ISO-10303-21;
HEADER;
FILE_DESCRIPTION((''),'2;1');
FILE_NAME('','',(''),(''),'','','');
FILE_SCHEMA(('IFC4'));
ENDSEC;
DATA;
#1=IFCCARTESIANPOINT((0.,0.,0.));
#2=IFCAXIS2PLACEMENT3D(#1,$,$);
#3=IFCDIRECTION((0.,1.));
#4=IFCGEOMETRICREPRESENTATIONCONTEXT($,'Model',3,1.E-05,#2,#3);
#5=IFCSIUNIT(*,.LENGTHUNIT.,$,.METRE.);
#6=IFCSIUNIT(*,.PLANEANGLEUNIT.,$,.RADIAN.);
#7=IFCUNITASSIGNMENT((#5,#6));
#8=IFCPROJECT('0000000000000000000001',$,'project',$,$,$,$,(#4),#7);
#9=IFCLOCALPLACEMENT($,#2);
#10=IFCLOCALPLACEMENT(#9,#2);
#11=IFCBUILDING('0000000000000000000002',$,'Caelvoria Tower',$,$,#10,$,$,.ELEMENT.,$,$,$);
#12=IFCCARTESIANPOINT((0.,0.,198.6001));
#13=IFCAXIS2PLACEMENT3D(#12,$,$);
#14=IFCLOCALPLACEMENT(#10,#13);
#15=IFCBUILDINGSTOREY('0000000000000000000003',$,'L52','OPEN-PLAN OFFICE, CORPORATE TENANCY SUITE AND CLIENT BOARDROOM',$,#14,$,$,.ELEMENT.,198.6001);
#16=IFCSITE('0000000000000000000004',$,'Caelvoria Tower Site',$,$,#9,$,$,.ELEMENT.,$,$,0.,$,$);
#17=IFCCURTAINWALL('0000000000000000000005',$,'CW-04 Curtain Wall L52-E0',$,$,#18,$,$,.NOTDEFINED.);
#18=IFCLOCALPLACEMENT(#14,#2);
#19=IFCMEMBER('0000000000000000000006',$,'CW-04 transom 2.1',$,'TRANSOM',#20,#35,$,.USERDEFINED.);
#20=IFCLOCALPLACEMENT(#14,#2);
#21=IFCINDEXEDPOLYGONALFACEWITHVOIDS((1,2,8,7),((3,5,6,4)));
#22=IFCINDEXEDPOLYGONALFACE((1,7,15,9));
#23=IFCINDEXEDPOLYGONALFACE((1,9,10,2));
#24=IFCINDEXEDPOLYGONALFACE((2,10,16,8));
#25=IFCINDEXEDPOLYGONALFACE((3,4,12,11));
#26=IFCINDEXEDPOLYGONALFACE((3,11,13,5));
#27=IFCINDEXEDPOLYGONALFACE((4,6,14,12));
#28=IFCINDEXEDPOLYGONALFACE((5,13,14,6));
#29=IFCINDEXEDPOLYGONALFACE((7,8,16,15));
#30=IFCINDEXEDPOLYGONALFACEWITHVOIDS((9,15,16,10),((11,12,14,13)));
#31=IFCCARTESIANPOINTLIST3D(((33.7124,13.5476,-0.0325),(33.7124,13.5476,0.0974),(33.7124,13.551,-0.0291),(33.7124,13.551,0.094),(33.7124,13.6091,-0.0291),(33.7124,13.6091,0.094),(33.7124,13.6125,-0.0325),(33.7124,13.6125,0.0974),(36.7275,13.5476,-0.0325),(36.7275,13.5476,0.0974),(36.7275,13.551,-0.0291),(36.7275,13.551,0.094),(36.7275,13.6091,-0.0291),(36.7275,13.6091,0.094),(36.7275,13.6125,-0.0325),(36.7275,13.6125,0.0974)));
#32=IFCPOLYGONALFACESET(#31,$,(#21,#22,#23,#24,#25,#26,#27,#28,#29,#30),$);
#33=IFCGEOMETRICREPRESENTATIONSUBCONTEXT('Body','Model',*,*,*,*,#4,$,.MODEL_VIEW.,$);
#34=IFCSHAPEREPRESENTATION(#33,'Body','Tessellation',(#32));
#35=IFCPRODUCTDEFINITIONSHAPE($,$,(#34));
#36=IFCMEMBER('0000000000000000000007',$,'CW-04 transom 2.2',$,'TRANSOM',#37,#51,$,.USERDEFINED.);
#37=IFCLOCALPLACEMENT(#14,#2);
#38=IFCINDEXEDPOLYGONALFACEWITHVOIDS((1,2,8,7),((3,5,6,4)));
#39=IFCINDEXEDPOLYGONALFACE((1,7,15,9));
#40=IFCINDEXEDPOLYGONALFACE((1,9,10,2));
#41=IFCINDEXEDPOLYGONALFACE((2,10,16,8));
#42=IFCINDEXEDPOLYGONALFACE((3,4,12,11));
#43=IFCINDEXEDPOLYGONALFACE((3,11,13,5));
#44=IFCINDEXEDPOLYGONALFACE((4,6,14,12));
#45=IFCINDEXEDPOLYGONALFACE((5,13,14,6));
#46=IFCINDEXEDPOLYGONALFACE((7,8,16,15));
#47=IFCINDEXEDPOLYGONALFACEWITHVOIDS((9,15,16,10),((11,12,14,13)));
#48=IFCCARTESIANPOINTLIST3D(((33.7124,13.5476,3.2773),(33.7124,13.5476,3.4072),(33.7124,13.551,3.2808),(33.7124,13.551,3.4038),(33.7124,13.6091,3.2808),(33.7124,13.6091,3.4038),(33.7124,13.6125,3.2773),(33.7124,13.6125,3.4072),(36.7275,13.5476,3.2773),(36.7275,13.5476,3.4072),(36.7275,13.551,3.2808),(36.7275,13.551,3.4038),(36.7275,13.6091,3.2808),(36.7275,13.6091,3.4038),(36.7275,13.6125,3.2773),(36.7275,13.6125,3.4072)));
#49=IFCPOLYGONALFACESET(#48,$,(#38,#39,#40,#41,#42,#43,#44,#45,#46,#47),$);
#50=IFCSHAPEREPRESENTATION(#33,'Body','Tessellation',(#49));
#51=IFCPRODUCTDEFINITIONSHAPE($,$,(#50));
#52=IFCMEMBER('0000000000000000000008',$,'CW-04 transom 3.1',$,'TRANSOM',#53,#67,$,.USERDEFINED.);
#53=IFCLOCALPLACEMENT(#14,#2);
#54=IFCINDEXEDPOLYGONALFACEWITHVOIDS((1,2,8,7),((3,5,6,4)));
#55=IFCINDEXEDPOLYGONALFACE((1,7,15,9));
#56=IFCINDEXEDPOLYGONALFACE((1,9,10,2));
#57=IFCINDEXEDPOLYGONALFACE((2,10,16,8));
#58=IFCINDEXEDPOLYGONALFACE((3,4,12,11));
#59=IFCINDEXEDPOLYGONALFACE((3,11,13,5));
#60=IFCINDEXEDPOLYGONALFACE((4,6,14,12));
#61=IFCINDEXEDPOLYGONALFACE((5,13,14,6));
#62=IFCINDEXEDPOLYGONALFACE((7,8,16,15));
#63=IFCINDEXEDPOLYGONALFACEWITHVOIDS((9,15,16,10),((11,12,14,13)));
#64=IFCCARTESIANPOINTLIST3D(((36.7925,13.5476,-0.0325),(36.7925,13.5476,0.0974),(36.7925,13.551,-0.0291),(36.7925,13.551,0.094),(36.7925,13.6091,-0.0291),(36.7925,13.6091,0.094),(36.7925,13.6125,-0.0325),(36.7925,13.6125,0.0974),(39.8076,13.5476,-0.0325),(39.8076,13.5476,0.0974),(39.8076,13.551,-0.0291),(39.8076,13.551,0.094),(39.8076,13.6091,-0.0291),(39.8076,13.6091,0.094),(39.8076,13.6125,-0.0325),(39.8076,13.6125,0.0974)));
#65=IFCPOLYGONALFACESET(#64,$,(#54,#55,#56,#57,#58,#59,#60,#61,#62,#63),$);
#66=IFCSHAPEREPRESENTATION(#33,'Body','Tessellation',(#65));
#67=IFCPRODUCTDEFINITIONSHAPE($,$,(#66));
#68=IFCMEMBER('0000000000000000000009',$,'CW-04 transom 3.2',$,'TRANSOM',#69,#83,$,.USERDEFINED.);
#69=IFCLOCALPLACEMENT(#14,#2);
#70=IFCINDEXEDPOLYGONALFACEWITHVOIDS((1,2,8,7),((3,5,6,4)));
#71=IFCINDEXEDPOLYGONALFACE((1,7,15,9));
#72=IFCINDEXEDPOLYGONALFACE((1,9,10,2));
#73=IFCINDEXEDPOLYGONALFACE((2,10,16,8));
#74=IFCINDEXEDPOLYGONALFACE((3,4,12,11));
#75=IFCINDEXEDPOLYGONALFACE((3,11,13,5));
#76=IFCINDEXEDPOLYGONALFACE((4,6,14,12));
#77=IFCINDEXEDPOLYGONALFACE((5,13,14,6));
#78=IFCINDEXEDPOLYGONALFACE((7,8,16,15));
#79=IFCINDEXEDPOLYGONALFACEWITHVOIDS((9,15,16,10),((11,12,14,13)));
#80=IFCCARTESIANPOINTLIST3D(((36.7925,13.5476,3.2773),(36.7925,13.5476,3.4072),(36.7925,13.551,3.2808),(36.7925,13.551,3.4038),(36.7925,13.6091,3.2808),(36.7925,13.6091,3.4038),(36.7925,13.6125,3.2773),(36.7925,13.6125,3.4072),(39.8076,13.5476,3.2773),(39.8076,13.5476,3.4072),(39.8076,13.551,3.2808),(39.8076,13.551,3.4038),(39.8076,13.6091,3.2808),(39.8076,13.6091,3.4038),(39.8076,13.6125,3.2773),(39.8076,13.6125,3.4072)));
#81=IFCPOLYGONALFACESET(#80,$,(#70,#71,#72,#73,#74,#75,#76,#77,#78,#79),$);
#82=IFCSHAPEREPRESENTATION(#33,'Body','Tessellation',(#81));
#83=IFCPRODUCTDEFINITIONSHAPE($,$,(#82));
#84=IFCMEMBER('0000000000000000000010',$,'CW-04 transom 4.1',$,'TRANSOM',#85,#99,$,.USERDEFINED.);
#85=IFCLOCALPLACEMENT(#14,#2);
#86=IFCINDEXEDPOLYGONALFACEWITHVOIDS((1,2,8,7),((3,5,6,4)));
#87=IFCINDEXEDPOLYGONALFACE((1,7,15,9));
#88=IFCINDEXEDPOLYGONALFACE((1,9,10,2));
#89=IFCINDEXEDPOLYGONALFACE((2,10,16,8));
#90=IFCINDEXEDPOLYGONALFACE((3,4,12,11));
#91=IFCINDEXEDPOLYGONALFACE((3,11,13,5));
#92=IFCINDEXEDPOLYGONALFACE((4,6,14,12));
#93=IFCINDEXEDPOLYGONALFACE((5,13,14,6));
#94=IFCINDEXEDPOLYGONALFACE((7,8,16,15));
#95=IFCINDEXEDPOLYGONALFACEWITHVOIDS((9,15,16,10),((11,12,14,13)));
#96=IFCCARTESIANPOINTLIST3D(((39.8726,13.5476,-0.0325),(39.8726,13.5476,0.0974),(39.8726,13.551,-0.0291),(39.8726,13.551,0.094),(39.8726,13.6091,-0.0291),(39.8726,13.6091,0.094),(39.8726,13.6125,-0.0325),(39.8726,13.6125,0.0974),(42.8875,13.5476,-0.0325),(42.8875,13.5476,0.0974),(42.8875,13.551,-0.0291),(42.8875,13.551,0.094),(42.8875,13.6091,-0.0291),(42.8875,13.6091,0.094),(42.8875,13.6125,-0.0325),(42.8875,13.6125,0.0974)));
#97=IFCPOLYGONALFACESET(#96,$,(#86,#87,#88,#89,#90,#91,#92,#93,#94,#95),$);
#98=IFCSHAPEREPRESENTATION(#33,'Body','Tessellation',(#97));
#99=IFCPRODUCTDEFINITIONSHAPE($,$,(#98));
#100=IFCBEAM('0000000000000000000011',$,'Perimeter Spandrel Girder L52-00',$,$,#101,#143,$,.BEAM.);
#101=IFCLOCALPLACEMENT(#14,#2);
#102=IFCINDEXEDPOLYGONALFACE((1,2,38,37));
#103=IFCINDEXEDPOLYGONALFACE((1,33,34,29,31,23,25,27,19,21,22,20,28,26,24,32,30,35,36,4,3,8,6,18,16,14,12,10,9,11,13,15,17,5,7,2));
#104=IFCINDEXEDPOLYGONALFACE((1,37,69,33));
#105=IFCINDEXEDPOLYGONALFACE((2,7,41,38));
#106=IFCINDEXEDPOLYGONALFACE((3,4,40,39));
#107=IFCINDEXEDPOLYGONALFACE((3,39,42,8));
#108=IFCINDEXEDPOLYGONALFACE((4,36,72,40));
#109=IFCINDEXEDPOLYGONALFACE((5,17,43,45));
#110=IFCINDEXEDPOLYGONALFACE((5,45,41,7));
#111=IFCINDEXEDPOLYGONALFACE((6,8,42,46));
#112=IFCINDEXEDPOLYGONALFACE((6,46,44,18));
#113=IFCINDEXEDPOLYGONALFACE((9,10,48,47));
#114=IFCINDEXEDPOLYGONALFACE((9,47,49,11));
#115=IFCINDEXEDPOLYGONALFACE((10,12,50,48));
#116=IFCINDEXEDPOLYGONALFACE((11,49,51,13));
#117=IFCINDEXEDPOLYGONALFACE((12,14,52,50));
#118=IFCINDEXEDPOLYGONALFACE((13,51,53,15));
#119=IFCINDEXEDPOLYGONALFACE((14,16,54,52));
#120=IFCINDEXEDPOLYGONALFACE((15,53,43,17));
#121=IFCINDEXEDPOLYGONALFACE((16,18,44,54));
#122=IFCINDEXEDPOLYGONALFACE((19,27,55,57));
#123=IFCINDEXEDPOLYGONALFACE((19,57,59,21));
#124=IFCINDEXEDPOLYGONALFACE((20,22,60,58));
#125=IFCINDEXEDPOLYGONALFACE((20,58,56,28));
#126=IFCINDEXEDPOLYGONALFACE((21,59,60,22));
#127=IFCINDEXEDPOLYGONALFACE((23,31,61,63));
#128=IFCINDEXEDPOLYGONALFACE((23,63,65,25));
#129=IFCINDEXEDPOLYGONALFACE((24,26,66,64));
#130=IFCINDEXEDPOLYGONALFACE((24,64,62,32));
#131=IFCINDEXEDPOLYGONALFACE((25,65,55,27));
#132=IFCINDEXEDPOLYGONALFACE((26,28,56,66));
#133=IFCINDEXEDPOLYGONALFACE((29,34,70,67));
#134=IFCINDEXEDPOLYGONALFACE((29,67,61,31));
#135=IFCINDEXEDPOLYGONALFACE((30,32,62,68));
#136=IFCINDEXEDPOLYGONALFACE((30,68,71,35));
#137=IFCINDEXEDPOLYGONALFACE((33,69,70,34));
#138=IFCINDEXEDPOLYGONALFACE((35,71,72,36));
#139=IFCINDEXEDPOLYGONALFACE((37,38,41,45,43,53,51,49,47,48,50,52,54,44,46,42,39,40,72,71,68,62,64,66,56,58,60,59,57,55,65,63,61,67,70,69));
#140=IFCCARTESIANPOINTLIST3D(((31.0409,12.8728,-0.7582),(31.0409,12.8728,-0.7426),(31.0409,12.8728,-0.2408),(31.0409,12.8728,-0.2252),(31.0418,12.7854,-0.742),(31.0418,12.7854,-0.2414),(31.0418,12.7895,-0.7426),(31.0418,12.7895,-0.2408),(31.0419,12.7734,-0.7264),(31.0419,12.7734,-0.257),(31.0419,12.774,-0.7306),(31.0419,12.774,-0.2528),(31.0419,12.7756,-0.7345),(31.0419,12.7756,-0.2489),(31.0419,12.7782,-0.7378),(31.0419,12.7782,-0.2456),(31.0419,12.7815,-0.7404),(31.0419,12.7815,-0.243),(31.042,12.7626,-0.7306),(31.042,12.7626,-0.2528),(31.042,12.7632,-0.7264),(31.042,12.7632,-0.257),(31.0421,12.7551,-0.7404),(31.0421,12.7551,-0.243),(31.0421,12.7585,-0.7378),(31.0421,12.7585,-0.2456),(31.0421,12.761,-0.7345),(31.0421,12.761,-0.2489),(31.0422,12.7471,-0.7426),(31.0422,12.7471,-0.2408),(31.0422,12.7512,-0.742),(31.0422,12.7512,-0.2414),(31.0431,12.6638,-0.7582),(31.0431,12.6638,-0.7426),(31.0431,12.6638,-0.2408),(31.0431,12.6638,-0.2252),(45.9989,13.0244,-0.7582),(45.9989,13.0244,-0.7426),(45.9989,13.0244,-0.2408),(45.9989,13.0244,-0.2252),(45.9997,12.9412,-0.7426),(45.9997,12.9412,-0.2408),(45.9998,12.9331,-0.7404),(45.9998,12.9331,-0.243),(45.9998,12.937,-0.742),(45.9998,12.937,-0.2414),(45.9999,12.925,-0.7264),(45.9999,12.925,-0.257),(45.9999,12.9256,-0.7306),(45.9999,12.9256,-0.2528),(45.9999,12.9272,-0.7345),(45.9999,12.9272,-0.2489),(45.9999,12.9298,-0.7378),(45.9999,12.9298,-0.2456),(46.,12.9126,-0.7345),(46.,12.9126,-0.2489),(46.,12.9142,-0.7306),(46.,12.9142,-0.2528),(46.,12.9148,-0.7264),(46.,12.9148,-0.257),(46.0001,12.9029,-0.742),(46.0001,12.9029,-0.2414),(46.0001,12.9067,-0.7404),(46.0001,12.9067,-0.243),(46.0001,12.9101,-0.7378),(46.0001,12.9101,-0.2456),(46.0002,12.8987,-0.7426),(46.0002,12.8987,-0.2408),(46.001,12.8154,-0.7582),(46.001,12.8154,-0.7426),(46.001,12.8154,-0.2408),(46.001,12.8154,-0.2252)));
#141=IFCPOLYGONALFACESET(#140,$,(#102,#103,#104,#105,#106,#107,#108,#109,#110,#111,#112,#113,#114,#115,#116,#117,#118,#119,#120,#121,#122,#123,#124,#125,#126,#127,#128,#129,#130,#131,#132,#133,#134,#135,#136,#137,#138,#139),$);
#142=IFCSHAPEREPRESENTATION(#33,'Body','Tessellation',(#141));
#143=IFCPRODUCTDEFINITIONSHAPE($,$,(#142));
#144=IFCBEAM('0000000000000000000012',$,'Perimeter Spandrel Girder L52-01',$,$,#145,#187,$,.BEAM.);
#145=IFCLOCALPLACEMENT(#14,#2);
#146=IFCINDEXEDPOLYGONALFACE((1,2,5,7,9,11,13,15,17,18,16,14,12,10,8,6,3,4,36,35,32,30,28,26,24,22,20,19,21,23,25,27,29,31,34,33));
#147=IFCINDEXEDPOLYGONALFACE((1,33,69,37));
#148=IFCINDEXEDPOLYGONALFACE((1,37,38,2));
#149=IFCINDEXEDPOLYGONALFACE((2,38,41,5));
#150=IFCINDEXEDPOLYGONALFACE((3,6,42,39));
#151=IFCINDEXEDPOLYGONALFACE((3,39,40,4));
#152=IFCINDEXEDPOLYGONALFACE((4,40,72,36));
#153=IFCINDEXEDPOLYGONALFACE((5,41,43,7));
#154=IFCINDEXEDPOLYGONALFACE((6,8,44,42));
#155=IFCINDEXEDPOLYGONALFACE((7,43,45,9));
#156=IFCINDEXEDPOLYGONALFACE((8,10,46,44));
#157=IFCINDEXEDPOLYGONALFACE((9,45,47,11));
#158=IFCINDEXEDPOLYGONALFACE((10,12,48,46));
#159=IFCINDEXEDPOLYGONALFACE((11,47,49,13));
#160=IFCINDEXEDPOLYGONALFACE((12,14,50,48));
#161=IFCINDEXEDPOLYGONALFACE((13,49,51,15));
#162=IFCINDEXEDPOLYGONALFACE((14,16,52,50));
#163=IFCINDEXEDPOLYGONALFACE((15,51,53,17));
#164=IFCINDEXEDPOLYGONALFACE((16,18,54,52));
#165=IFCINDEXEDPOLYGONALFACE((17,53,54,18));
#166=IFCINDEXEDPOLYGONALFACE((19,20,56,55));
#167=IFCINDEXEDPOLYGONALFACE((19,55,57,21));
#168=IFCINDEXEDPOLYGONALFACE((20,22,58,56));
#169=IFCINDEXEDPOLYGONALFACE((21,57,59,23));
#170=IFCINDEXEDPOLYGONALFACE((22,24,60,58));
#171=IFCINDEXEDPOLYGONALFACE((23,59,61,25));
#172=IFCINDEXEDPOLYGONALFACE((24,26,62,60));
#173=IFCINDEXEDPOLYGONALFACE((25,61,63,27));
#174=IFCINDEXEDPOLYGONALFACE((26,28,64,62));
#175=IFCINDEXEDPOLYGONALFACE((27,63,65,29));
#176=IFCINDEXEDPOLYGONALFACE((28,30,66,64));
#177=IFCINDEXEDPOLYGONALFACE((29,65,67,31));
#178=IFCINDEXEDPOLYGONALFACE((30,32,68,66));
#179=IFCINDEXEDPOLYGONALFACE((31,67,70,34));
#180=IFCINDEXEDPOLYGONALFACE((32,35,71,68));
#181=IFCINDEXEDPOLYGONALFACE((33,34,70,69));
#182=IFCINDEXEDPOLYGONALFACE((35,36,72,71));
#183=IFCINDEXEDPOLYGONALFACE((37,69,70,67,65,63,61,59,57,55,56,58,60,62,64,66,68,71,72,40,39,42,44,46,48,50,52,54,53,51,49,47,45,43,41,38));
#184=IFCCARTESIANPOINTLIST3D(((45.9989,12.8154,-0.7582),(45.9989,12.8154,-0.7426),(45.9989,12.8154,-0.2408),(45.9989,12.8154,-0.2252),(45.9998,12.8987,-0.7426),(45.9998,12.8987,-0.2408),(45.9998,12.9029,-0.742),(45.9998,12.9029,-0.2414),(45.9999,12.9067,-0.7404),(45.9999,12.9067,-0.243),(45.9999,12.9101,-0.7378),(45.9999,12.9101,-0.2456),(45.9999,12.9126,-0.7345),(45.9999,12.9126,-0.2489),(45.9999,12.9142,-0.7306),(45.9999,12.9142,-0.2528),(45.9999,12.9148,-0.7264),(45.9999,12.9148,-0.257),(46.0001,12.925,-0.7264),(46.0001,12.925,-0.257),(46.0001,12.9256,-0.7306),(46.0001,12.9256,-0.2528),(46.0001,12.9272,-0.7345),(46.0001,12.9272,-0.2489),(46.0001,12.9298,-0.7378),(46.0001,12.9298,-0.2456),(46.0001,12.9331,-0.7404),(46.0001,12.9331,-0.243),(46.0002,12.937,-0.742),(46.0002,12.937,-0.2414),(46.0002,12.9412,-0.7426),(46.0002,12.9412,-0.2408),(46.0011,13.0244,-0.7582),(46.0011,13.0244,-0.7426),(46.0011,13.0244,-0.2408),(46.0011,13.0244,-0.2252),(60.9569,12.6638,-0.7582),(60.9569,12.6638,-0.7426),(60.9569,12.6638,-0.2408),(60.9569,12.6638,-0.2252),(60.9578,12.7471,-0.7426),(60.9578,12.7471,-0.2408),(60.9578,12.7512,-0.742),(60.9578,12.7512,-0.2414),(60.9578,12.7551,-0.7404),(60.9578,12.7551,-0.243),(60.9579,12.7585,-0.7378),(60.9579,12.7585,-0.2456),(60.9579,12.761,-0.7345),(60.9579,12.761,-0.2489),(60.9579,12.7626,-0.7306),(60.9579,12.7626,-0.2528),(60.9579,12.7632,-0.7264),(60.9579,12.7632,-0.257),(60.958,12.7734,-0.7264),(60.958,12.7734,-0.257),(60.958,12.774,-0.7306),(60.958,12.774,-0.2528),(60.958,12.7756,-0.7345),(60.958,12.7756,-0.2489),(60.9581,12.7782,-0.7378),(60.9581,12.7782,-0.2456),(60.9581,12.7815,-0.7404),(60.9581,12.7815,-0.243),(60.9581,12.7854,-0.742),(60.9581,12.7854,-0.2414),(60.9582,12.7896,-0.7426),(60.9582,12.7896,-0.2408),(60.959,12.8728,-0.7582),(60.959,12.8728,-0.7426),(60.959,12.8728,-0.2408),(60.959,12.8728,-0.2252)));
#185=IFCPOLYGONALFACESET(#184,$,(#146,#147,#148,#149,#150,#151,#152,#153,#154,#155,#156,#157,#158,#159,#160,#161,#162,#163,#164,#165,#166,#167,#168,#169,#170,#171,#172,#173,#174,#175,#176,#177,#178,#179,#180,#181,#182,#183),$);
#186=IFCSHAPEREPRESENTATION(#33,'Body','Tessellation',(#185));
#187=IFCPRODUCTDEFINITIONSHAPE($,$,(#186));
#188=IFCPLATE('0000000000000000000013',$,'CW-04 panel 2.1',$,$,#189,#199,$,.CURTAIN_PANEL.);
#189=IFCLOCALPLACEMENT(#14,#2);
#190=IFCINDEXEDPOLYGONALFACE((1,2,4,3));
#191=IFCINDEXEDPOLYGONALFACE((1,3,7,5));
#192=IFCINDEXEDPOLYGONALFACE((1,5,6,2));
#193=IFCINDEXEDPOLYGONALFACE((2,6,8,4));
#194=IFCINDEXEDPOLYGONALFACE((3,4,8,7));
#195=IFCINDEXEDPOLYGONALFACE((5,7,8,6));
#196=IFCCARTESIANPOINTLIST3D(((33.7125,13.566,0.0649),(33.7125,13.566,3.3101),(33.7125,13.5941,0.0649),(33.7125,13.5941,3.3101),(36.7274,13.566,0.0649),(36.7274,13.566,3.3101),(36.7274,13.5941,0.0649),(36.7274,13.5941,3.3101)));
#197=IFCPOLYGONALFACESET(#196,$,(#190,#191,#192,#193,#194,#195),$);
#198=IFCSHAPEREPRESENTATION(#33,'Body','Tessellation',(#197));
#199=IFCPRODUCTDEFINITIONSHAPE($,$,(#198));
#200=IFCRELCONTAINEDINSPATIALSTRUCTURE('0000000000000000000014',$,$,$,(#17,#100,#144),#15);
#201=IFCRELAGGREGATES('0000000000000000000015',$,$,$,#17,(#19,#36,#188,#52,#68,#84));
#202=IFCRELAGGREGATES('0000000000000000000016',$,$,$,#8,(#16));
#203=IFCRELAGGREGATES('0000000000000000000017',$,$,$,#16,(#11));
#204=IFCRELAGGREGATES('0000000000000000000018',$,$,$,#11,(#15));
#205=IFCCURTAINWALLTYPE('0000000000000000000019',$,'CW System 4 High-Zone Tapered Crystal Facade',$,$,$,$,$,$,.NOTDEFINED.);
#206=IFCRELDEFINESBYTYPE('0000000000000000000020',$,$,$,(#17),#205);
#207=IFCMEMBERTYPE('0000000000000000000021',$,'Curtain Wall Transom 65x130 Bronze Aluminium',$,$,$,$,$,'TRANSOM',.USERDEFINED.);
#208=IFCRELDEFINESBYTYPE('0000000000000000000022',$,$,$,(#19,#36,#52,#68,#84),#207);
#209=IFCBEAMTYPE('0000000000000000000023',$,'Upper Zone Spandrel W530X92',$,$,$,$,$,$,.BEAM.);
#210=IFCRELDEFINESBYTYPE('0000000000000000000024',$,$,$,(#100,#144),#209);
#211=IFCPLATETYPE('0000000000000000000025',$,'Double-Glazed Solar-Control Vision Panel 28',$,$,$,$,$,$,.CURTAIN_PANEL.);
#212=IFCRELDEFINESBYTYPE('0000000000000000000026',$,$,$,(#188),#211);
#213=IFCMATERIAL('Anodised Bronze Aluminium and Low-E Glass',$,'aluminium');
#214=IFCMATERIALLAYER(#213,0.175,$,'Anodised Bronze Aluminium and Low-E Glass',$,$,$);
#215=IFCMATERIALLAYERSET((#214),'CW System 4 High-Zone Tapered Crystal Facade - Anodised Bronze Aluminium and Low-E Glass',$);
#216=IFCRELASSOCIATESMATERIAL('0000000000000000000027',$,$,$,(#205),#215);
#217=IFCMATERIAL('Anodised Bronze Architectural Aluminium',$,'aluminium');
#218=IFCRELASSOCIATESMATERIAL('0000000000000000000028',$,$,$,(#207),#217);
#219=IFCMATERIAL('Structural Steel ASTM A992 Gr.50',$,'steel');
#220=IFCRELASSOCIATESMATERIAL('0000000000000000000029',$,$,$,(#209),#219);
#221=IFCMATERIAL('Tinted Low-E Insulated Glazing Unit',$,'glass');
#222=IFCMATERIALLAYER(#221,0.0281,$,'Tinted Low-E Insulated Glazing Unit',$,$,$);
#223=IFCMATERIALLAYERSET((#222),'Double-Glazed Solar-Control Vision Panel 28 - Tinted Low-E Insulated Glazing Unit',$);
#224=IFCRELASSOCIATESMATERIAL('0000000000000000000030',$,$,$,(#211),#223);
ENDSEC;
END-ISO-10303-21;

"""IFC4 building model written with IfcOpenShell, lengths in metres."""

from ifc_helpers import new_model, si_unit, direction, frame, origin, origin_2d, place, context, subcontext, project, spatial, rectangle, hollow_rectangle, i_section, extrude, material, layer, layer_set, material_profile, profile_set, type_object, element, aggregate, save


model = new_model("IFC4")

# Units and contexts
model_context = context("Model", 3, precision=1e-05, world=origin(), true_north=direction((0.0, 1.0)))
body_context = subcontext(model_context, "Body", "Model", "MODEL_VIEW")
ifc_project = project(units=[si_unit("LENGTHUNIT", "METRE"), si_unit("PLANEANGLEUNIT", "RADIAN")], contexts=[model_context])

# Site, building, storey
site_placement = place(None, origin())
site = spatial("IfcSite", under=ifc_project, at=site_placement, Name="Caelvoria Tower Site", CompositionType="ELEMENT", RefElevation=0.0)
building_placement = place(site_placement, origin())
building = spatial("IfcBuilding", under=site, at=building_placement, Name="Caelvoria Tower", CompositionType="ELEMENT")
storey_placement = place(building_placement, frame((0.0, 0.0, 198.6001)))
storey = spatial("IfcBuildingStorey", under=building, at=storey_placement, Name="L52", Description="OPEN-PLAN OFFICE, CORPORATE TENANCY SUITE AND CLIENT BOARDROOM", CompositionType="ELEMENT", Elevation=198.6001)

# Shared definitions
ifc_material_1 = material(Name="Structural Steel ASTM A992 Gr.50", Category="steel")

# Curtain wall
ifc_material_2 = material(Name="Anodised Bronze Aluminium and Low-E Glass", Category="aluminium")
ifc_layer_1 = layer(ifc_material_2, 0.175, Name="Anodised Bronze Aluminium and Low-E Glass")
ifc_layer_set_1 = layer_set([ifc_layer_1], Name="CW System 4 High-Zone Tapered Crystal Facade - Anodised Bronze Aluminium and Low-E Glass")
curtain_wall_type = type_object("IfcCurtainWallType", Name="CW System 4 High-Zone Tapered Crystal Facade", PredefinedType="NOTDEFINED", material=ifc_layer_set_1)
curtain_wall_1_placement = place(storey_placement, origin())
curtain_wall_1 = element("IfcCurtainWall", 1, at=curtain_wall_1_placement, inside=storey, type_object=curtain_wall_type, Name="CW-04 Curtain Wall L52-E0", PredefinedType="NOTDEFINED")
ifc_material_3 = material(Name="Anodised Bronze Architectural Aluminium", Category="aluminium")

# Members
ifc_material_profile_1 = material_profile(ifc_material_3, hollow_rectangle(XDim=0.0649, YDim=0.1299, WallThickness=0.0034, at=origin_2d()), Name="Anodised Bronze Architectural Aluminium")
ifc_profile_set_1 = profile_set([ifc_material_profile_1], Name="CW_TRAN_65X130 - Anodised Bronze Architectural Aluminium")
member_type_1 = type_object("IfcMemberType", Name="Curtain Wall Transom 65x130 Bronze Aluminium", ElementType="TRANSOM", PredefinedType="USERDEFINED", material=ifc_profile_set_1)
member_1_placement = place(storey_placement, frame((33.7124, 13.5801, 0.0325), z_axis=(1.0, 0.0, 0.0), x_axis=(0.0, 1.0, 0.0)))
member_1 = element("IfcMember", 2, at=member_1_placement, type_object=member_type_1, Name="CW-04 transom 2.1", ObjectType="TRANSOM", PredefinedType="USERDEFINED", context=body_context, shape_type="SweptSolid", body=[
    extrude(hollow_rectangle(XDim=0.0649, YDim=0.1299, WallThickness=0.0034, at=origin_2d()), origin(), (0.0, 0.0, 1.0), 3.0151),
])
member_2_placement = place(storey_placement, frame((33.7124, 13.5801, 3.3423), z_axis=(1.0, 0.0, 0.0), x_axis=(0.0, 1.0, 0.0)))
member_2 = element("IfcMember", 3, at=member_2_placement, type_object=member_type_1, Name="CW-04 transom 2.2", ObjectType="TRANSOM", PredefinedType="USERDEFINED", context=body_context, shape_type="SweptSolid", body=[
    extrude(hollow_rectangle(XDim=0.0649, YDim=0.1299, WallThickness=0.0034, at=origin_2d()), origin(), (0.0, 0.0, 1.0), 3.0151),
])
member_3_placement = place(storey_placement, frame((36.7925, 13.5801, 0.0325), z_axis=(1.0, 0.0, 0.0), x_axis=(0.0, 1.0, 0.0)))
member_3 = element("IfcMember", 4, at=member_3_placement, type_object=member_type_1, Name="CW-04 transom 3.1", ObjectType="TRANSOM", PredefinedType="USERDEFINED", context=body_context, shape_type="SweptSolid", body=[
    extrude(hollow_rectangle(XDim=0.0649, YDim=0.1299, WallThickness=0.0034, at=origin_2d()), origin(), (0.0, 0.0, 1.0), 3.0151),
])
member_4_placement = place(storey_placement, frame((36.7925, 13.5801, 3.3423), z_axis=(1.0, 0.0, 0.0), x_axis=(0.0, 1.0, 0.0)))
member_4 = element("IfcMember", 5, at=member_4_placement, type_object=member_type_1, Name="CW-04 transom 3.2", ObjectType="TRANSOM", PredefinedType="USERDEFINED", context=body_context, shape_type="SweptSolid", body=[
    extrude(hollow_rectangle(XDim=0.0649, YDim=0.1299, WallThickness=0.0034, at=origin_2d()), origin(), (0.0, 0.0, 1.0), 3.0151),
])
member_5_placement = place(storey_placement, frame((39.8726, 13.5801, 0.0325), z_axis=(1.0, 0.0, 0.0), x_axis=(0.0, 1.0, 0.0)))
member_5 = element("IfcMember", 6, at=member_5_placement, type_object=member_type_1, Name="CW-04 transom 4.1", ObjectType="TRANSOM", PredefinedType="USERDEFINED", context=body_context, shape_type="SweptSolid", body=[
    extrude(hollow_rectangle(XDim=0.0649, YDim=0.1299, WallThickness=0.0034, at=origin_2d()), origin(), (0.0, 0.0, 1.0), 3.0149),
])

# Beams
ifc_material_profile_2 = material_profile(ifc_material_1, i_section(OverallWidth=0.209, OverallDepth=0.533, WebThickness=0.0103, FlangeThickness=0.0156, FilletRadius=0.0161, at=origin_2d()), Name="Structural Steel ASTM A992 Gr.50")
ifc_profile_set_2 = profile_set([ifc_material_profile_2], Name="W530X92 - Structural Steel ASTM A992 Gr.50")
beam_type = type_object("IfcBeamType", Name="Upper Zone Spandrel W530X92", PredefinedType="BEAM", material=ifc_profile_set_2)
for number, where, z_axis, x_axis, name in (
    (7, (31.042, 12.7683, -0.4917), (0.999949, 0.010135, 0.0), (-0.010135, 0.999949, 0.0), "Perimeter Spandrel Girder L52-00"),
    (8, (46.0, 12.9199, -0.4917), (0.999949, -0.010135, 0.0), (0.010135, 0.999949, 0.0), "Perimeter Spandrel Girder L52-01"),
):
    element("IfcBeam", number, at=place(storey_placement, frame(where, z_axis=z_axis, x_axis=x_axis)), inside=storey, type_object=beam_type, Name=name, PredefinedType="BEAM", context=body_context, shape_type="SweptSolid", body=[
        extrude(i_section(OverallWidth=0.209, OverallDepth=0.533, WebThickness=0.0103, FlangeThickness=0.0156, FilletRadius=0.0161, at=origin_2d()), origin(), (0.0, 0.0, 1.0), 14.9587),
    ])

# Plate
ifc_material_4 = material(Name="Tinted Low-E Insulated Glazing Unit", Category="glass")
ifc_layer_2 = layer(ifc_material_4, 0.0281, Name="Tinted Low-E Insulated Glazing Unit")
ifc_layer_set_2 = layer_set([ifc_layer_2], Name="Double-Glazed Solar-Control Vision Panel 28 - Tinted Low-E Insulated Glazing Unit")
plate_type_1 = type_object("IfcPlateType", Name="Double-Glazed Solar-Control Vision Panel 28", PredefinedType="CURTAIN_PANEL", material=ifc_layer_set_2)
plate_1_placement = place(storey_placement, frame((35.22, 13.5801, 0.0649), z_axis=(0.0, 0.0, 1.0), x_axis=(1.0, 0.0, 0.0)))
plate_1 = element("IfcPlate", 9, at=plate_1_placement, type_object=plate_type_1, Name="CW-04 panel 2.1", PredefinedType="CURTAIN_PANEL", context=body_context, shape_type="SweptSolid", body=[
    extrude(rectangle(XDim=3.0149, YDim=0.0281, at=origin_2d()), origin(), (0.0, 0.0, 1.0), 3.2451),
])
aggregate(curtain_wall_1, [member_1, member_2, plate_1, member_3, member_4, member_5])

save(model, "model.ifc")
